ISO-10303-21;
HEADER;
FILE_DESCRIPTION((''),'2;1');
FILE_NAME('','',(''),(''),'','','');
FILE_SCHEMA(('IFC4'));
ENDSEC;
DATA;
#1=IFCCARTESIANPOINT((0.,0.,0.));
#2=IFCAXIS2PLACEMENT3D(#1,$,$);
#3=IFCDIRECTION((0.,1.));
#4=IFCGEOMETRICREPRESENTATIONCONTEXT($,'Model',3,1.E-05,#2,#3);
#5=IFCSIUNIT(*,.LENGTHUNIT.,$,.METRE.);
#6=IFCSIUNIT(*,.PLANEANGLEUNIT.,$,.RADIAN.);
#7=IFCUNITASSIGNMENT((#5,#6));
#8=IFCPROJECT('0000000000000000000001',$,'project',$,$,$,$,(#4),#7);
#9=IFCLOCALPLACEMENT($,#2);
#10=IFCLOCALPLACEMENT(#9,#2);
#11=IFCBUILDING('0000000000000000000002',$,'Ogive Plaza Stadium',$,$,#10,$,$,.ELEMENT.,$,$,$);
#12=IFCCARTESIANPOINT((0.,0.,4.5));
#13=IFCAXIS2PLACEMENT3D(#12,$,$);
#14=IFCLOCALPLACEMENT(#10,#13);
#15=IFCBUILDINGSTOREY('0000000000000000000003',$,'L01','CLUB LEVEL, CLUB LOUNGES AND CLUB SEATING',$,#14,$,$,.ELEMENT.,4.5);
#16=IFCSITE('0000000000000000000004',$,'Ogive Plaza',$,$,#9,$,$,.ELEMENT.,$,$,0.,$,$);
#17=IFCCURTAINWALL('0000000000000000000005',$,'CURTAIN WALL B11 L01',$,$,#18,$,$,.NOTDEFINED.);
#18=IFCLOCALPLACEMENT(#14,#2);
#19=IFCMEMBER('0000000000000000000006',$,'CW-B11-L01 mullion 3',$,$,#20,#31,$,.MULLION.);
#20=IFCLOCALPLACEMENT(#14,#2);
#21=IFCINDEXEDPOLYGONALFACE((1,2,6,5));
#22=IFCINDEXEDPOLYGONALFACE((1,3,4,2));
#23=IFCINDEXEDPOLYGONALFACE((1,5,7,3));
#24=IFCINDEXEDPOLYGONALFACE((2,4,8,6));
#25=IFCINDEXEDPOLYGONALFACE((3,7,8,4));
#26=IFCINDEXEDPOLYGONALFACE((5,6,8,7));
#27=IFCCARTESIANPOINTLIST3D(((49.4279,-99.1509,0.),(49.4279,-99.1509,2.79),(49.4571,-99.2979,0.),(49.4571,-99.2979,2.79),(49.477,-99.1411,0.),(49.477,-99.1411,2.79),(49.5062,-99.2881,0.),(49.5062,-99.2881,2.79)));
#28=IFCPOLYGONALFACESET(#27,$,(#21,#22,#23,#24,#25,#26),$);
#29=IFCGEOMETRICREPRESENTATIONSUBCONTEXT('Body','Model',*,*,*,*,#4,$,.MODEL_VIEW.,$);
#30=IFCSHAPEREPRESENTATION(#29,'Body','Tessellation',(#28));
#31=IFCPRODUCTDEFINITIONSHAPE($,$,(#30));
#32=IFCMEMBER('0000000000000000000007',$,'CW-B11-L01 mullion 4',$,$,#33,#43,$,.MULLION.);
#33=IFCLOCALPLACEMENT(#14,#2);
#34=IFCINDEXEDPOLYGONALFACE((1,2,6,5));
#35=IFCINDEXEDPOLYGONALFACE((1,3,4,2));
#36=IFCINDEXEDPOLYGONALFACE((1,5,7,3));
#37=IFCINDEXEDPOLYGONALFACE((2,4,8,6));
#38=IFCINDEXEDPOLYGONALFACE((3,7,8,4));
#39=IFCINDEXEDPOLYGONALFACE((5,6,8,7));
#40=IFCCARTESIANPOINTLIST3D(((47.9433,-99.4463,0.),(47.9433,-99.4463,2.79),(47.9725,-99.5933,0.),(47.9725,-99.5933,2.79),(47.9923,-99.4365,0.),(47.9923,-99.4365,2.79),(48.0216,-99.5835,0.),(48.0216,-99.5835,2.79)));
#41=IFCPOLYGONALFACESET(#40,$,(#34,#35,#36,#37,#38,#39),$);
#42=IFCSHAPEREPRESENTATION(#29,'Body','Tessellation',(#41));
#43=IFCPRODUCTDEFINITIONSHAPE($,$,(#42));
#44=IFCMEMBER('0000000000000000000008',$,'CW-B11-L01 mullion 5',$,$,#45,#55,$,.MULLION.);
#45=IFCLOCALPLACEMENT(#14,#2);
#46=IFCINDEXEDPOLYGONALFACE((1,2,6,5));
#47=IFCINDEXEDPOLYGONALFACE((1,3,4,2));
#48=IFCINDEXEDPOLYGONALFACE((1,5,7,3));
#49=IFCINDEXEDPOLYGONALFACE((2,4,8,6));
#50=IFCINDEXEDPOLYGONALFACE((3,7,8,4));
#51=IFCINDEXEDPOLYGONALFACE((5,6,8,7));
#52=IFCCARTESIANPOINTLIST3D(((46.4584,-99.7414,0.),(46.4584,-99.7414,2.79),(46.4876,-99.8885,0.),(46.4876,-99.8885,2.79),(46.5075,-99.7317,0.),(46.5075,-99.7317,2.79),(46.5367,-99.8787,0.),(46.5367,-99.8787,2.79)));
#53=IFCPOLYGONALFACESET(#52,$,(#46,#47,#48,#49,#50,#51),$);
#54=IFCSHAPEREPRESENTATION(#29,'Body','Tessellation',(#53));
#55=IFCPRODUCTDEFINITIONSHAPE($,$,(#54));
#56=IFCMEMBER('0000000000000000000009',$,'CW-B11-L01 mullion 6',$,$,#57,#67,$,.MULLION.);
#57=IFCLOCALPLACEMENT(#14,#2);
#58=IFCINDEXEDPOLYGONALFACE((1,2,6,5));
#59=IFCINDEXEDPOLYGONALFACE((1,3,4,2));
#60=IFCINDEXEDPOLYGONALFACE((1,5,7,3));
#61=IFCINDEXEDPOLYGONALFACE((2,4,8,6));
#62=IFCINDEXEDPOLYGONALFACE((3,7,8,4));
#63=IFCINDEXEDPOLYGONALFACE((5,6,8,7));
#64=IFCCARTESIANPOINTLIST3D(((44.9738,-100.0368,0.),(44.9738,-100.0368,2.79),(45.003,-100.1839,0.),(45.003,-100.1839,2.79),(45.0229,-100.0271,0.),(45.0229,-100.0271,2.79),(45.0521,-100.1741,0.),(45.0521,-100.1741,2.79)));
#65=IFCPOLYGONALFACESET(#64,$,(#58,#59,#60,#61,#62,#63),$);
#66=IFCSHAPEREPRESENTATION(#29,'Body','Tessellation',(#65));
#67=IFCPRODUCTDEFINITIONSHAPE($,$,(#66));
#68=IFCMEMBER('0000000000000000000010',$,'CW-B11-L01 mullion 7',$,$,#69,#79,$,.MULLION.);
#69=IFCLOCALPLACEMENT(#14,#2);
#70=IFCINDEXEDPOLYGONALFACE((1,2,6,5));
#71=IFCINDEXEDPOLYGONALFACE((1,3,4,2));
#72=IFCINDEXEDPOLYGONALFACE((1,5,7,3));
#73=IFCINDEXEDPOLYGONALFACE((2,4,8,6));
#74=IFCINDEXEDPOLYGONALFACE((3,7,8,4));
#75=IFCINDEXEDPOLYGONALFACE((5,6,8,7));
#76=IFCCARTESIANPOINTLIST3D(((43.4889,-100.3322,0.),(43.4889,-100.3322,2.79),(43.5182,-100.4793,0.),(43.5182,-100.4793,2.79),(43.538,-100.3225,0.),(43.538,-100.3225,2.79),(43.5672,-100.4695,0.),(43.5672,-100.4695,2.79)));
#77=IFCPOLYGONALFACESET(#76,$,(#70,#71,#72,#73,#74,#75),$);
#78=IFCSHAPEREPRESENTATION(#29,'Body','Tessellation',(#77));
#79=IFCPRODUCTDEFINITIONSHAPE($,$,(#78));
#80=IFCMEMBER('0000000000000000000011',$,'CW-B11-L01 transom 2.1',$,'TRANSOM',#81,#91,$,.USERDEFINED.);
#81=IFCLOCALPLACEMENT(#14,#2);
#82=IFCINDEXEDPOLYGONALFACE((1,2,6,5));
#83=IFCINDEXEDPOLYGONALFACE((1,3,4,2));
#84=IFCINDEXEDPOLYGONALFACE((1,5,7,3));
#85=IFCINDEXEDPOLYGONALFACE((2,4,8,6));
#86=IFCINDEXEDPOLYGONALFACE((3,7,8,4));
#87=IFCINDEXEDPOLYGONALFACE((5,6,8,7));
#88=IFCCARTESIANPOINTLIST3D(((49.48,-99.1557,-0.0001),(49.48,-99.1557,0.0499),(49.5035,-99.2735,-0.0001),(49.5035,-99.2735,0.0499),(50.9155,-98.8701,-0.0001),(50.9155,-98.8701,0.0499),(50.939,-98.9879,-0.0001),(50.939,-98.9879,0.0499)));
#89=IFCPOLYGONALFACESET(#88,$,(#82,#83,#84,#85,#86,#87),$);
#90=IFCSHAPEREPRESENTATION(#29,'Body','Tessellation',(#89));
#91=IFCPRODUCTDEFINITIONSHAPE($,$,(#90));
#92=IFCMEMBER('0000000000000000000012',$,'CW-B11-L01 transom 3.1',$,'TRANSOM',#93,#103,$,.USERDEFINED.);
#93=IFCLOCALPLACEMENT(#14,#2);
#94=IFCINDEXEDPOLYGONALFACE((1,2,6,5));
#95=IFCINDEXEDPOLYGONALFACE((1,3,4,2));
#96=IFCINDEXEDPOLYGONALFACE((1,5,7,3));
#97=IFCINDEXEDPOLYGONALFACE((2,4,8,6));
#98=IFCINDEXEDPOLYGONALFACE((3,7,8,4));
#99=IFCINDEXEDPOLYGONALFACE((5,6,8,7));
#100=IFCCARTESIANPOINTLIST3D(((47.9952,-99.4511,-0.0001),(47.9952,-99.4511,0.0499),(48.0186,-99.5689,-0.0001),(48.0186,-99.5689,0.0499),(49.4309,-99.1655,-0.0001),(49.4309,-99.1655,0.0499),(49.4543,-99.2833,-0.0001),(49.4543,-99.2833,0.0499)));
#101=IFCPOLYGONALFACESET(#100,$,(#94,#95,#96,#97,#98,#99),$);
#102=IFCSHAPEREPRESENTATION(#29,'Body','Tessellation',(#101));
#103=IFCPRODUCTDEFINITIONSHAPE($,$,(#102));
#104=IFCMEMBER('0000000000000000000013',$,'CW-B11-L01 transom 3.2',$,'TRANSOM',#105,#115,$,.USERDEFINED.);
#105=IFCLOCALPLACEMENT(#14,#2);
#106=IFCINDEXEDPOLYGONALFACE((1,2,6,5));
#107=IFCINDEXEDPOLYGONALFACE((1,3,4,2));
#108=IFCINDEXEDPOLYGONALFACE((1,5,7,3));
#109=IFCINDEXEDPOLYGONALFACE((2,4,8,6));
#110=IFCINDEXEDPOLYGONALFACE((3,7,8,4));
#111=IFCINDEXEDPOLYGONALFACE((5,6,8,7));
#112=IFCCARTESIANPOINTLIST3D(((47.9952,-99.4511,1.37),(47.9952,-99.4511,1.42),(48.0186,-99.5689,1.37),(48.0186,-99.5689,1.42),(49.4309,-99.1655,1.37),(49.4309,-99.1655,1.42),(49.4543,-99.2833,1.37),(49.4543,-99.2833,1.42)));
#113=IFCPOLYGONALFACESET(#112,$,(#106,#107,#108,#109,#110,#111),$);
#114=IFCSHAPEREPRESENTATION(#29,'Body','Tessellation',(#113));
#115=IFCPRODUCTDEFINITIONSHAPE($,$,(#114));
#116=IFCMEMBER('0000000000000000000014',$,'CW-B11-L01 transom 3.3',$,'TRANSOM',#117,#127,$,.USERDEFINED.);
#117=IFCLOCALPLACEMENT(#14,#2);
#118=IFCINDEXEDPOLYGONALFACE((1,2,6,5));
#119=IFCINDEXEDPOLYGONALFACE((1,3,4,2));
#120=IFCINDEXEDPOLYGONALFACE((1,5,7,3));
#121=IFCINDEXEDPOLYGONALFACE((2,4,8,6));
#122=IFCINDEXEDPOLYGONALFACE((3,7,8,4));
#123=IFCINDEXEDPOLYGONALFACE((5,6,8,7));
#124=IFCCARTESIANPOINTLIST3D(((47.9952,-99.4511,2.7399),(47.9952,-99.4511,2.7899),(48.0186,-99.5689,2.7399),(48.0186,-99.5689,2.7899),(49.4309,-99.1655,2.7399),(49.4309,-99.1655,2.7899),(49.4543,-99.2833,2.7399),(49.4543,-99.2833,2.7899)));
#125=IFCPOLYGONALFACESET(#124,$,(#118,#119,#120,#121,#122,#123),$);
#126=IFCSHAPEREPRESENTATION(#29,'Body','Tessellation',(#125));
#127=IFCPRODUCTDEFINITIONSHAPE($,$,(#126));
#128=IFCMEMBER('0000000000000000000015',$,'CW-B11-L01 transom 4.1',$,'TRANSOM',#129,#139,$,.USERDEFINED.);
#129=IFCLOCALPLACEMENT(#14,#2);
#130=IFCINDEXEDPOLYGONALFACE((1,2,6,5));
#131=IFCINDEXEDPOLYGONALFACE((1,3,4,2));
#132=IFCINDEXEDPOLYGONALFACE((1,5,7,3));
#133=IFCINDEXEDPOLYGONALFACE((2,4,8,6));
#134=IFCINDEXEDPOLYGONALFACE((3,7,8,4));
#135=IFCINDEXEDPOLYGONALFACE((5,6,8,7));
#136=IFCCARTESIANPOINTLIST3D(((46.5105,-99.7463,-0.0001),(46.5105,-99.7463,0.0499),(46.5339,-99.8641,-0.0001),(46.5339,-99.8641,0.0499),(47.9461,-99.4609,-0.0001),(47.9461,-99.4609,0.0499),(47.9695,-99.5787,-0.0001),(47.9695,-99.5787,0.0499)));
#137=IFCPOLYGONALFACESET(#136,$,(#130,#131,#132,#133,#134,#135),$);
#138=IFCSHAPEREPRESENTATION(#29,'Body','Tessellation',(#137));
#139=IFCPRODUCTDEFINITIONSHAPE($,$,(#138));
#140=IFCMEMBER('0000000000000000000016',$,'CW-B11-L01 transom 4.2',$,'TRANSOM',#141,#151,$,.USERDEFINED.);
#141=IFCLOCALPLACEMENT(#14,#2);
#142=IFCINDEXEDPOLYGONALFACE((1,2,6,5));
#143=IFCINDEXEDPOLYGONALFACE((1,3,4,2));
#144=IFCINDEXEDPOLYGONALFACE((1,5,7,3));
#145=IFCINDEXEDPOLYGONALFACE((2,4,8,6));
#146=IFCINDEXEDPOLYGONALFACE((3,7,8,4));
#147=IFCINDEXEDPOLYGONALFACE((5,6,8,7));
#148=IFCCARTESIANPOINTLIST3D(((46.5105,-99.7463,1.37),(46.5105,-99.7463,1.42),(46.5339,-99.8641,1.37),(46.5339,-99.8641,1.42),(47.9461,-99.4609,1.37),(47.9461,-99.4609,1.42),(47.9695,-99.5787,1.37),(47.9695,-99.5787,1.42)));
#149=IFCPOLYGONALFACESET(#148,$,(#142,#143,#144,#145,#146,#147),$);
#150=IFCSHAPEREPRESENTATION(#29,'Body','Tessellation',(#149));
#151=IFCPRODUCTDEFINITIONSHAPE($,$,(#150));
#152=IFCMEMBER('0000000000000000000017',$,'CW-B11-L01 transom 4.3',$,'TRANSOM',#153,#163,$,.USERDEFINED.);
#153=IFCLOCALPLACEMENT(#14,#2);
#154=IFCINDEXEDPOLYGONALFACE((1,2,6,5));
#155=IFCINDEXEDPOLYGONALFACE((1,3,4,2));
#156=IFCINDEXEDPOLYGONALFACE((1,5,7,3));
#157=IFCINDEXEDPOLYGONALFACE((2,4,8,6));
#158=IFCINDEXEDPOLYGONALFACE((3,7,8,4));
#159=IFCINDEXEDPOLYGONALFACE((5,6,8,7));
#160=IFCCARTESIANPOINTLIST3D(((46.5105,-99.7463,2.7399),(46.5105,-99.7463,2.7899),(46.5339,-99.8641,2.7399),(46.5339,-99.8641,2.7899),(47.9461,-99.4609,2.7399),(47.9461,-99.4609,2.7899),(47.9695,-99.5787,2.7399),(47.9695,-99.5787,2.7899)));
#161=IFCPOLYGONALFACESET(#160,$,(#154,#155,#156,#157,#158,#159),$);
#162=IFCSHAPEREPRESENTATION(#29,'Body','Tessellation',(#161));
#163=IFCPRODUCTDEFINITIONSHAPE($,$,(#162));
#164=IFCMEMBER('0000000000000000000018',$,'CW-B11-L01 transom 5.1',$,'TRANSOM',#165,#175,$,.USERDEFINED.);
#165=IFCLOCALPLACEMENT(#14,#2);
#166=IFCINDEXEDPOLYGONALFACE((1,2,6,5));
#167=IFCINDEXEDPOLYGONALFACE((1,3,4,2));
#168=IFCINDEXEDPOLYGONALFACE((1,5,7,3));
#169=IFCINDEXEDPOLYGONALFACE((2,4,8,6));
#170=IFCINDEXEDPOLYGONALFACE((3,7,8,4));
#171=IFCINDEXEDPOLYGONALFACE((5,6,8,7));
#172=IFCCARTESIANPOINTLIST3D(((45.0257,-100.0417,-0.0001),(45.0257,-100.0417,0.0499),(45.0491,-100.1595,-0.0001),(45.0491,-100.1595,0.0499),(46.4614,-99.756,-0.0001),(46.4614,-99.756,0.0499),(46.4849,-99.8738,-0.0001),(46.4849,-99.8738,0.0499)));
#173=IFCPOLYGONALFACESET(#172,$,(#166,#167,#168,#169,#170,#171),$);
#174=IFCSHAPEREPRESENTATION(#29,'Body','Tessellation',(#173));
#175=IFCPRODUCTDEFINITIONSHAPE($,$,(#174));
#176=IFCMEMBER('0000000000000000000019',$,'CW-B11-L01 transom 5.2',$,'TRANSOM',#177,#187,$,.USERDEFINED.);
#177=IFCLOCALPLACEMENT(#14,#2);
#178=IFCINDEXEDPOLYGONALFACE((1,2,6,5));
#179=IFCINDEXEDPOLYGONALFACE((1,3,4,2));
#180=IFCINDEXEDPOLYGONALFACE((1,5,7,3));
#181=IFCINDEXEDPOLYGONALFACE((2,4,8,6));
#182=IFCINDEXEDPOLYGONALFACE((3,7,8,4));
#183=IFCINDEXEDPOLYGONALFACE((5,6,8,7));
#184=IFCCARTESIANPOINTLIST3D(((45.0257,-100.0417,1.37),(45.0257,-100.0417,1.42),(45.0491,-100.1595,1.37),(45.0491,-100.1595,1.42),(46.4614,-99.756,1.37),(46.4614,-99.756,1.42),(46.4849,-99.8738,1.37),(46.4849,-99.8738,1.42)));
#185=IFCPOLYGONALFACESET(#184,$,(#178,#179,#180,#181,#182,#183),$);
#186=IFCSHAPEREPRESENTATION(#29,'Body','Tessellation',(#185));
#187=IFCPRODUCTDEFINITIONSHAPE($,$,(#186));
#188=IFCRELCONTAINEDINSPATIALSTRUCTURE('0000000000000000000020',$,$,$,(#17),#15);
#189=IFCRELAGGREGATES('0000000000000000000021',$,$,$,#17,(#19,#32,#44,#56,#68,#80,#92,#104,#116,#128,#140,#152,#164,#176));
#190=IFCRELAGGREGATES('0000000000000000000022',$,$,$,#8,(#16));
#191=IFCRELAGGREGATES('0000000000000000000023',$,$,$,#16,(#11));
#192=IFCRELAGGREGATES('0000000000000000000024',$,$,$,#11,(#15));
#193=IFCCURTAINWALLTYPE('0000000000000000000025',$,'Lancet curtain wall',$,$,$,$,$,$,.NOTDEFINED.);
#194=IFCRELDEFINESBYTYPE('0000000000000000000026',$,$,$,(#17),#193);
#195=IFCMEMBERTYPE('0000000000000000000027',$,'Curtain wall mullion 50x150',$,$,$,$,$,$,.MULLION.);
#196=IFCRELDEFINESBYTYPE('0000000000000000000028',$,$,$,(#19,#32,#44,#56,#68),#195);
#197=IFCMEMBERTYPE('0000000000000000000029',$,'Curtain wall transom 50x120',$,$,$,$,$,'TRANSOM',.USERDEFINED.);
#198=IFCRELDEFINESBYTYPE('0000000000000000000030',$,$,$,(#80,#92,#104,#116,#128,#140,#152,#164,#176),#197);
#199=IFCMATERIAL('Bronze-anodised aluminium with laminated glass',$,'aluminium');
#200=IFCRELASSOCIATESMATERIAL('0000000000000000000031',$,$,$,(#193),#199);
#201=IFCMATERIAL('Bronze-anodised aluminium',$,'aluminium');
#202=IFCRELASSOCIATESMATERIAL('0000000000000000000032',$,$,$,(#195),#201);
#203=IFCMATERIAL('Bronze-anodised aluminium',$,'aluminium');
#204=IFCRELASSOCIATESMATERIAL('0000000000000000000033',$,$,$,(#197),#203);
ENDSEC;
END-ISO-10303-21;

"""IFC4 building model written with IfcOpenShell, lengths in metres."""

from ifc_helpers import new_model, si_unit, direction, frame, origin, origin_2d, place, context, subcontext, project, spatial, rectangle, extrude, material, material_profile, profile_set, type_object, element, aggregate, save


model = new_model("IFC4")

# Units and contexts
model_context = context("Model", 3, precision=1e-05, world=origin(), true_north=direction((0.0, 1.0)))
body_context = subcontext(model_context, "Body", "Model", "MODEL_VIEW")
ifc_project = project(units=[si_unit("LENGTHUNIT", "METRE"), si_unit("PLANEANGLEUNIT", "RADIAN")], contexts=[model_context])

# Site, building, storey
site_placement = place(None, origin())
site = spatial("IfcSite", under=ifc_project, at=site_placement, Name="Ogive Plaza", CompositionType="ELEMENT", RefElevation=0.0)
building_placement = place(site_placement, origin())
building = spatial("IfcBuilding", under=site, at=building_placement, Name="Ogive Plaza Stadium", CompositionType="ELEMENT")
storey_placement = place(building_placement, frame((0.0, 0.0, 4.5)))
storey = spatial("IfcBuildingStorey", under=building, at=storey_placement, Name="L01", Description="CLUB LEVEL, CLUB LOUNGES AND CLUB SEATING", CompositionType="ELEMENT", Elevation=4.5)

# Curtain wall, members
ifc_material_1 = material(Name="Bronze-anodised aluminium with laminated glass", Category="aluminium")
curtain_wall_type = type_object("IfcCurtainWallType", Name="Lancet curtain wall", PredefinedType="NOTDEFINED", material=ifc_material_1)
curtain_wall_placement = place(storey_placement, origin())
curtain_wall = element("IfcCurtainWall", 1, at=curtain_wall_placement, inside=storey, type_object=curtain_wall_type, Name="CURTAIN WALL B11 L01", PredefinedType="NOTDEFINED")
ifc_material_2 = material(Name="Bronze-anodised aluminium", Category="aluminium")
ifc_material_profile_1 = material_profile(ifc_material_2, rectangle(XDim=0.1499, YDim=0.05, at=origin_2d()), Name="AL 150x50")
ifc_profile_set_1 = profile_set([ifc_material_profile_1], Name="Bronze-anodised aluminium")
member_type_1 = type_object("IfcMemberType", Name="Curtain wall mullion 50x150", PredefinedType="MULLION", material=ifc_profile_set_1)
member_1_placement = place(storey_placement, frame((49.467, -99.2195, 0.0), z_axis=(0.0, 0.0, 1.0), x_axis=(0.19509, -0.980785, 0.0)))
member_1 = element("IfcMember", 2, at=member_1_placement, type_object=member_type_1, Name="CW-B11-L01 mullion 3", PredefinedType="MULLION", context=body_context, shape_type="SweptSolid", body=[
    extrude(rectangle(XDim=0.1499, YDim=0.05, at=origin_2d()), origin(), (0.0, 0.0, 1.0), 2.79),
])
member_2_placement = place(storey_placement, frame((47.9824, -99.5149, 0.0), z_axis=(0.0, 0.0, 1.0), x_axis=(0.19509, -0.980785, 0.0)))
member_2 = element("IfcMember", 3, at=member_2_placement, type_object=member_type_1, Name="CW-B11-L01 mullion 4", PredefinedType="MULLION", context=body_context, shape_type="SweptSolid", body=[
    extrude(rectangle(XDim=0.1499, YDim=0.05, at=origin_2d()), origin(), (0.0, 0.0, 1.0), 2.79),
])
member_3_placement = place(storey_placement, frame((46.4976, -99.8101, 0.0), z_axis=(0.0, 0.0, 1.0), x_axis=(0.19509, -0.980785, 0.0)))
member_3 = element("IfcMember", 4, at=member_3_placement, type_object=member_type_1, Name="CW-B11-L01 mullion 5", PredefinedType="MULLION", context=body_context, shape_type="SweptSolid", body=[
    extrude(rectangle(XDim=0.1499, YDim=0.05, at=origin_2d()), origin(), (0.0, 0.0, 1.0), 2.79),
])
member_4_placement = place(storey_placement, frame((45.0129, -100.1055, 0.0), z_axis=(0.0, 0.0, 1.0), x_axis=(0.19509, -0.980785, 0.0)))
member_4 = element("IfcMember", 5, at=member_4_placement, type_object=member_type_1, Name="CW-B11-L01 mullion 6", PredefinedType="MULLION", context=body_context, shape_type="SweptSolid", body=[
    extrude(rectangle(XDim=0.1499, YDim=0.05, at=origin_2d()), origin(), (0.0, 0.0, 1.0), 2.79),
])
member_5_placement = place(storey_placement, frame((43.5281, -100.4009, 0.0), z_axis=(0.0, 0.0, 1.0), x_axis=(0.19509, -0.980785, 0.0)))
member_5 = element("IfcMember", 6, at=member_5_placement, type_object=member_type_1, Name="CW-B11-L01 mullion 7", PredefinedType="MULLION", context=body_context, shape_type="SweptSolid", body=[
    extrude(rectangle(XDim=0.1499, YDim=0.05, at=origin_2d()), origin(), (0.0, 0.0, 1.0), 2.79),
])
ifc_material_3 = material(Name="Bronze-anodised aluminium", Category="aluminium")
ifc_material_profile_2 = material_profile(ifc_material_3, rectangle(XDim=0.1201, YDim=0.05, at=origin_2d()), Name="AL 120x50")
ifc_profile_set_2 = profile_set([ifc_material_profile_2], Name="Bronze-anodised aluminium")
member_type_2 = type_object("IfcMemberType", Name="Curtain wall transom 50x120", ElementType="TRANSOM", PredefinedType="USERDEFINED", material=ifc_profile_set_2)
member_6_placement = place(storey_placement, frame((50.9272, -98.929, 0.0249), z_axis=(-0.980773, -0.195154, 0.0), x_axis=(0.195154, -0.980773, 0.0)))
member_6 = element("IfcMember", 7, at=member_6_placement, type_object=member_type_2, Name="CW-B11-L01 transom 2.1", ObjectType="TRANSOM", PredefinedType="USERDEFINED", context=body_context, shape_type="SweptSolid", body=[
    extrude(rectangle(XDim=0.1201, YDim=0.05, at=origin_2d()), origin(), (0.0, 0.0, 1.0), 1.4636),
])
member_7_placement = place(storey_placement, frame((49.4426, -99.2244, 0.0249), z_axis=(-0.980779, -0.195122, 0.0), x_axis=(0.195122, -0.980779, 0.0)))
member_7 = element("IfcMember", 8, at=member_7_placement, type_object=member_type_2, Name="CW-B11-L01 transom 3.1", ObjectType="TRANSOM", PredefinedType="USERDEFINED", context=body_context, shape_type="SweptSolid", body=[
    extrude(rectangle(XDim=0.1201, YDim=0.05, at=origin_2d()), origin(), (0.0, 0.0, 1.0), 1.4639),
])
member_8_placement = place(storey_placement, frame((49.4426, -99.2244, 1.395), z_axis=(-0.980779, -0.195122, 0.0), x_axis=(0.195122, -0.980779, 0.0)))
member_8 = element("IfcMember", 9, at=member_8_placement, type_object=member_type_2, Name="CW-B11-L01 transom 3.2", ObjectType="TRANSOM", PredefinedType="USERDEFINED", context=body_context, shape_type="SweptSolid", body=[
    extrude(rectangle(XDim=0.1201, YDim=0.05, at=origin_2d()), origin(), (0.0, 0.0, 1.0), 1.4639),
])
member_9_placement = place(storey_placement, frame((49.4426, -99.2244, 2.7649), z_axis=(-0.980779, -0.195122, 0.0), x_axis=(0.195122, -0.980779, 0.0)))
member_9 = element("IfcMember", 10, at=member_9_placement, type_object=member_type_2, Name="CW-B11-L01 transom 3.3", ObjectType="TRANSOM", PredefinedType="USERDEFINED", context=body_context, shape_type="SweptSolid", body=[
    extrude(rectangle(XDim=0.1201, YDim=0.05, at=origin_2d()), origin(), (0.0, 0.0, 1.0), 1.4639),
])
member_10_placement = place(storey_placement, frame((47.9578, -99.5198, 0.0249), z_axis=(-0.980805, -0.194993, 0.0), x_axis=(0.194993, -0.980805, 0.0)))
member_10 = element("IfcMember", 11, at=member_10_placement, type_object=member_type_2, Name="CW-B11-L01 transom 4.1", ObjectType="TRANSOM", PredefinedType="USERDEFINED", context=body_context, shape_type="SweptSolid", body=[
    extrude(rectangle(XDim=0.1201, YDim=0.05, at=origin_2d()), origin(), (0.0, 0.0, 1.0), 1.4636),
])
member_11_placement = place(storey_placement, frame((47.9578, -99.5198, 1.395), z_axis=(-0.980805, -0.194993, 0.0), x_axis=(0.194993, -0.980805, 0.0)))
member_11 = element("IfcMember", 12, at=member_11_placement, type_object=member_type_2, Name="CW-B11-L01 transom 4.2", ObjectType="TRANSOM", PredefinedType="USERDEFINED", context=body_context, shape_type="SweptSolid", body=[
    extrude(rectangle(XDim=0.1201, YDim=0.05, at=origin_2d()), origin(), (0.0, 0.0, 1.0), 1.4636),
])
member_12_placement = place(storey_placement, frame((47.9578, -99.5198, 2.7649), z_axis=(-0.980805, -0.194993, 0.0), x_axis=(0.194993, -0.980805, 0.0)))
member_12 = element("IfcMember", 13, at=member_12_placement, type_object=member_type_2, Name="CW-B11-L01 transom 4.3", ObjectType="TRANSOM", PredefinedType="USERDEFINED", context=body_context, shape_type="SweptSolid", body=[
    extrude(rectangle(XDim=0.1201, YDim=0.05, at=origin_2d()), origin(), (0.0, 0.0, 1.0), 1.4636),
])
member_13_placement = place(storey_placement, frame((46.4731, -99.8149, 0.0249), z_axis=(-0.980779, -0.195122, 0.0), x_axis=(0.195122, -0.980779, 0.0)))
member_13 = element("IfcMember", 14, at=member_13_placement, type_object=member_type_2, Name="CW-B11-L01 transom 5.1", ObjectType="TRANSOM", PredefinedType="USERDEFINED", context=body_context, shape_type="SweptSolid", body=[
    extrude(rectangle(XDim=0.1201, YDim=0.05, at=origin_2d()), origin(), (0.0, 0.0, 1.0), 1.4639),
])
member_14_placement = place(storey_placement, frame((46.4731, -99.8149, 1.395), z_axis=(-0.980779, -0.195122, 0.0), x_axis=(0.195122, -0.980779, 0.0)))
member_14 = element("IfcMember", 15, at=member_14_placement, type_object=member_type_2, Name="CW-B11-L01 transom 5.2", ObjectType="TRANSOM", PredefinedType="USERDEFINED", context=body_context, shape_type="SweptSolid", body=[
    extrude(rectangle(XDim=0.1201, YDim=0.05, at=origin_2d()), origin(), (0.0, 0.0, 1.0), 1.4639),
])
aggregate(curtain_wall, [member_1, member_2, member_3, member_4, member_5, member_6, member_7, member_8, member_9, member_10, member_11, member_12, member_13, member_14])

save(model, "model.ifc")
